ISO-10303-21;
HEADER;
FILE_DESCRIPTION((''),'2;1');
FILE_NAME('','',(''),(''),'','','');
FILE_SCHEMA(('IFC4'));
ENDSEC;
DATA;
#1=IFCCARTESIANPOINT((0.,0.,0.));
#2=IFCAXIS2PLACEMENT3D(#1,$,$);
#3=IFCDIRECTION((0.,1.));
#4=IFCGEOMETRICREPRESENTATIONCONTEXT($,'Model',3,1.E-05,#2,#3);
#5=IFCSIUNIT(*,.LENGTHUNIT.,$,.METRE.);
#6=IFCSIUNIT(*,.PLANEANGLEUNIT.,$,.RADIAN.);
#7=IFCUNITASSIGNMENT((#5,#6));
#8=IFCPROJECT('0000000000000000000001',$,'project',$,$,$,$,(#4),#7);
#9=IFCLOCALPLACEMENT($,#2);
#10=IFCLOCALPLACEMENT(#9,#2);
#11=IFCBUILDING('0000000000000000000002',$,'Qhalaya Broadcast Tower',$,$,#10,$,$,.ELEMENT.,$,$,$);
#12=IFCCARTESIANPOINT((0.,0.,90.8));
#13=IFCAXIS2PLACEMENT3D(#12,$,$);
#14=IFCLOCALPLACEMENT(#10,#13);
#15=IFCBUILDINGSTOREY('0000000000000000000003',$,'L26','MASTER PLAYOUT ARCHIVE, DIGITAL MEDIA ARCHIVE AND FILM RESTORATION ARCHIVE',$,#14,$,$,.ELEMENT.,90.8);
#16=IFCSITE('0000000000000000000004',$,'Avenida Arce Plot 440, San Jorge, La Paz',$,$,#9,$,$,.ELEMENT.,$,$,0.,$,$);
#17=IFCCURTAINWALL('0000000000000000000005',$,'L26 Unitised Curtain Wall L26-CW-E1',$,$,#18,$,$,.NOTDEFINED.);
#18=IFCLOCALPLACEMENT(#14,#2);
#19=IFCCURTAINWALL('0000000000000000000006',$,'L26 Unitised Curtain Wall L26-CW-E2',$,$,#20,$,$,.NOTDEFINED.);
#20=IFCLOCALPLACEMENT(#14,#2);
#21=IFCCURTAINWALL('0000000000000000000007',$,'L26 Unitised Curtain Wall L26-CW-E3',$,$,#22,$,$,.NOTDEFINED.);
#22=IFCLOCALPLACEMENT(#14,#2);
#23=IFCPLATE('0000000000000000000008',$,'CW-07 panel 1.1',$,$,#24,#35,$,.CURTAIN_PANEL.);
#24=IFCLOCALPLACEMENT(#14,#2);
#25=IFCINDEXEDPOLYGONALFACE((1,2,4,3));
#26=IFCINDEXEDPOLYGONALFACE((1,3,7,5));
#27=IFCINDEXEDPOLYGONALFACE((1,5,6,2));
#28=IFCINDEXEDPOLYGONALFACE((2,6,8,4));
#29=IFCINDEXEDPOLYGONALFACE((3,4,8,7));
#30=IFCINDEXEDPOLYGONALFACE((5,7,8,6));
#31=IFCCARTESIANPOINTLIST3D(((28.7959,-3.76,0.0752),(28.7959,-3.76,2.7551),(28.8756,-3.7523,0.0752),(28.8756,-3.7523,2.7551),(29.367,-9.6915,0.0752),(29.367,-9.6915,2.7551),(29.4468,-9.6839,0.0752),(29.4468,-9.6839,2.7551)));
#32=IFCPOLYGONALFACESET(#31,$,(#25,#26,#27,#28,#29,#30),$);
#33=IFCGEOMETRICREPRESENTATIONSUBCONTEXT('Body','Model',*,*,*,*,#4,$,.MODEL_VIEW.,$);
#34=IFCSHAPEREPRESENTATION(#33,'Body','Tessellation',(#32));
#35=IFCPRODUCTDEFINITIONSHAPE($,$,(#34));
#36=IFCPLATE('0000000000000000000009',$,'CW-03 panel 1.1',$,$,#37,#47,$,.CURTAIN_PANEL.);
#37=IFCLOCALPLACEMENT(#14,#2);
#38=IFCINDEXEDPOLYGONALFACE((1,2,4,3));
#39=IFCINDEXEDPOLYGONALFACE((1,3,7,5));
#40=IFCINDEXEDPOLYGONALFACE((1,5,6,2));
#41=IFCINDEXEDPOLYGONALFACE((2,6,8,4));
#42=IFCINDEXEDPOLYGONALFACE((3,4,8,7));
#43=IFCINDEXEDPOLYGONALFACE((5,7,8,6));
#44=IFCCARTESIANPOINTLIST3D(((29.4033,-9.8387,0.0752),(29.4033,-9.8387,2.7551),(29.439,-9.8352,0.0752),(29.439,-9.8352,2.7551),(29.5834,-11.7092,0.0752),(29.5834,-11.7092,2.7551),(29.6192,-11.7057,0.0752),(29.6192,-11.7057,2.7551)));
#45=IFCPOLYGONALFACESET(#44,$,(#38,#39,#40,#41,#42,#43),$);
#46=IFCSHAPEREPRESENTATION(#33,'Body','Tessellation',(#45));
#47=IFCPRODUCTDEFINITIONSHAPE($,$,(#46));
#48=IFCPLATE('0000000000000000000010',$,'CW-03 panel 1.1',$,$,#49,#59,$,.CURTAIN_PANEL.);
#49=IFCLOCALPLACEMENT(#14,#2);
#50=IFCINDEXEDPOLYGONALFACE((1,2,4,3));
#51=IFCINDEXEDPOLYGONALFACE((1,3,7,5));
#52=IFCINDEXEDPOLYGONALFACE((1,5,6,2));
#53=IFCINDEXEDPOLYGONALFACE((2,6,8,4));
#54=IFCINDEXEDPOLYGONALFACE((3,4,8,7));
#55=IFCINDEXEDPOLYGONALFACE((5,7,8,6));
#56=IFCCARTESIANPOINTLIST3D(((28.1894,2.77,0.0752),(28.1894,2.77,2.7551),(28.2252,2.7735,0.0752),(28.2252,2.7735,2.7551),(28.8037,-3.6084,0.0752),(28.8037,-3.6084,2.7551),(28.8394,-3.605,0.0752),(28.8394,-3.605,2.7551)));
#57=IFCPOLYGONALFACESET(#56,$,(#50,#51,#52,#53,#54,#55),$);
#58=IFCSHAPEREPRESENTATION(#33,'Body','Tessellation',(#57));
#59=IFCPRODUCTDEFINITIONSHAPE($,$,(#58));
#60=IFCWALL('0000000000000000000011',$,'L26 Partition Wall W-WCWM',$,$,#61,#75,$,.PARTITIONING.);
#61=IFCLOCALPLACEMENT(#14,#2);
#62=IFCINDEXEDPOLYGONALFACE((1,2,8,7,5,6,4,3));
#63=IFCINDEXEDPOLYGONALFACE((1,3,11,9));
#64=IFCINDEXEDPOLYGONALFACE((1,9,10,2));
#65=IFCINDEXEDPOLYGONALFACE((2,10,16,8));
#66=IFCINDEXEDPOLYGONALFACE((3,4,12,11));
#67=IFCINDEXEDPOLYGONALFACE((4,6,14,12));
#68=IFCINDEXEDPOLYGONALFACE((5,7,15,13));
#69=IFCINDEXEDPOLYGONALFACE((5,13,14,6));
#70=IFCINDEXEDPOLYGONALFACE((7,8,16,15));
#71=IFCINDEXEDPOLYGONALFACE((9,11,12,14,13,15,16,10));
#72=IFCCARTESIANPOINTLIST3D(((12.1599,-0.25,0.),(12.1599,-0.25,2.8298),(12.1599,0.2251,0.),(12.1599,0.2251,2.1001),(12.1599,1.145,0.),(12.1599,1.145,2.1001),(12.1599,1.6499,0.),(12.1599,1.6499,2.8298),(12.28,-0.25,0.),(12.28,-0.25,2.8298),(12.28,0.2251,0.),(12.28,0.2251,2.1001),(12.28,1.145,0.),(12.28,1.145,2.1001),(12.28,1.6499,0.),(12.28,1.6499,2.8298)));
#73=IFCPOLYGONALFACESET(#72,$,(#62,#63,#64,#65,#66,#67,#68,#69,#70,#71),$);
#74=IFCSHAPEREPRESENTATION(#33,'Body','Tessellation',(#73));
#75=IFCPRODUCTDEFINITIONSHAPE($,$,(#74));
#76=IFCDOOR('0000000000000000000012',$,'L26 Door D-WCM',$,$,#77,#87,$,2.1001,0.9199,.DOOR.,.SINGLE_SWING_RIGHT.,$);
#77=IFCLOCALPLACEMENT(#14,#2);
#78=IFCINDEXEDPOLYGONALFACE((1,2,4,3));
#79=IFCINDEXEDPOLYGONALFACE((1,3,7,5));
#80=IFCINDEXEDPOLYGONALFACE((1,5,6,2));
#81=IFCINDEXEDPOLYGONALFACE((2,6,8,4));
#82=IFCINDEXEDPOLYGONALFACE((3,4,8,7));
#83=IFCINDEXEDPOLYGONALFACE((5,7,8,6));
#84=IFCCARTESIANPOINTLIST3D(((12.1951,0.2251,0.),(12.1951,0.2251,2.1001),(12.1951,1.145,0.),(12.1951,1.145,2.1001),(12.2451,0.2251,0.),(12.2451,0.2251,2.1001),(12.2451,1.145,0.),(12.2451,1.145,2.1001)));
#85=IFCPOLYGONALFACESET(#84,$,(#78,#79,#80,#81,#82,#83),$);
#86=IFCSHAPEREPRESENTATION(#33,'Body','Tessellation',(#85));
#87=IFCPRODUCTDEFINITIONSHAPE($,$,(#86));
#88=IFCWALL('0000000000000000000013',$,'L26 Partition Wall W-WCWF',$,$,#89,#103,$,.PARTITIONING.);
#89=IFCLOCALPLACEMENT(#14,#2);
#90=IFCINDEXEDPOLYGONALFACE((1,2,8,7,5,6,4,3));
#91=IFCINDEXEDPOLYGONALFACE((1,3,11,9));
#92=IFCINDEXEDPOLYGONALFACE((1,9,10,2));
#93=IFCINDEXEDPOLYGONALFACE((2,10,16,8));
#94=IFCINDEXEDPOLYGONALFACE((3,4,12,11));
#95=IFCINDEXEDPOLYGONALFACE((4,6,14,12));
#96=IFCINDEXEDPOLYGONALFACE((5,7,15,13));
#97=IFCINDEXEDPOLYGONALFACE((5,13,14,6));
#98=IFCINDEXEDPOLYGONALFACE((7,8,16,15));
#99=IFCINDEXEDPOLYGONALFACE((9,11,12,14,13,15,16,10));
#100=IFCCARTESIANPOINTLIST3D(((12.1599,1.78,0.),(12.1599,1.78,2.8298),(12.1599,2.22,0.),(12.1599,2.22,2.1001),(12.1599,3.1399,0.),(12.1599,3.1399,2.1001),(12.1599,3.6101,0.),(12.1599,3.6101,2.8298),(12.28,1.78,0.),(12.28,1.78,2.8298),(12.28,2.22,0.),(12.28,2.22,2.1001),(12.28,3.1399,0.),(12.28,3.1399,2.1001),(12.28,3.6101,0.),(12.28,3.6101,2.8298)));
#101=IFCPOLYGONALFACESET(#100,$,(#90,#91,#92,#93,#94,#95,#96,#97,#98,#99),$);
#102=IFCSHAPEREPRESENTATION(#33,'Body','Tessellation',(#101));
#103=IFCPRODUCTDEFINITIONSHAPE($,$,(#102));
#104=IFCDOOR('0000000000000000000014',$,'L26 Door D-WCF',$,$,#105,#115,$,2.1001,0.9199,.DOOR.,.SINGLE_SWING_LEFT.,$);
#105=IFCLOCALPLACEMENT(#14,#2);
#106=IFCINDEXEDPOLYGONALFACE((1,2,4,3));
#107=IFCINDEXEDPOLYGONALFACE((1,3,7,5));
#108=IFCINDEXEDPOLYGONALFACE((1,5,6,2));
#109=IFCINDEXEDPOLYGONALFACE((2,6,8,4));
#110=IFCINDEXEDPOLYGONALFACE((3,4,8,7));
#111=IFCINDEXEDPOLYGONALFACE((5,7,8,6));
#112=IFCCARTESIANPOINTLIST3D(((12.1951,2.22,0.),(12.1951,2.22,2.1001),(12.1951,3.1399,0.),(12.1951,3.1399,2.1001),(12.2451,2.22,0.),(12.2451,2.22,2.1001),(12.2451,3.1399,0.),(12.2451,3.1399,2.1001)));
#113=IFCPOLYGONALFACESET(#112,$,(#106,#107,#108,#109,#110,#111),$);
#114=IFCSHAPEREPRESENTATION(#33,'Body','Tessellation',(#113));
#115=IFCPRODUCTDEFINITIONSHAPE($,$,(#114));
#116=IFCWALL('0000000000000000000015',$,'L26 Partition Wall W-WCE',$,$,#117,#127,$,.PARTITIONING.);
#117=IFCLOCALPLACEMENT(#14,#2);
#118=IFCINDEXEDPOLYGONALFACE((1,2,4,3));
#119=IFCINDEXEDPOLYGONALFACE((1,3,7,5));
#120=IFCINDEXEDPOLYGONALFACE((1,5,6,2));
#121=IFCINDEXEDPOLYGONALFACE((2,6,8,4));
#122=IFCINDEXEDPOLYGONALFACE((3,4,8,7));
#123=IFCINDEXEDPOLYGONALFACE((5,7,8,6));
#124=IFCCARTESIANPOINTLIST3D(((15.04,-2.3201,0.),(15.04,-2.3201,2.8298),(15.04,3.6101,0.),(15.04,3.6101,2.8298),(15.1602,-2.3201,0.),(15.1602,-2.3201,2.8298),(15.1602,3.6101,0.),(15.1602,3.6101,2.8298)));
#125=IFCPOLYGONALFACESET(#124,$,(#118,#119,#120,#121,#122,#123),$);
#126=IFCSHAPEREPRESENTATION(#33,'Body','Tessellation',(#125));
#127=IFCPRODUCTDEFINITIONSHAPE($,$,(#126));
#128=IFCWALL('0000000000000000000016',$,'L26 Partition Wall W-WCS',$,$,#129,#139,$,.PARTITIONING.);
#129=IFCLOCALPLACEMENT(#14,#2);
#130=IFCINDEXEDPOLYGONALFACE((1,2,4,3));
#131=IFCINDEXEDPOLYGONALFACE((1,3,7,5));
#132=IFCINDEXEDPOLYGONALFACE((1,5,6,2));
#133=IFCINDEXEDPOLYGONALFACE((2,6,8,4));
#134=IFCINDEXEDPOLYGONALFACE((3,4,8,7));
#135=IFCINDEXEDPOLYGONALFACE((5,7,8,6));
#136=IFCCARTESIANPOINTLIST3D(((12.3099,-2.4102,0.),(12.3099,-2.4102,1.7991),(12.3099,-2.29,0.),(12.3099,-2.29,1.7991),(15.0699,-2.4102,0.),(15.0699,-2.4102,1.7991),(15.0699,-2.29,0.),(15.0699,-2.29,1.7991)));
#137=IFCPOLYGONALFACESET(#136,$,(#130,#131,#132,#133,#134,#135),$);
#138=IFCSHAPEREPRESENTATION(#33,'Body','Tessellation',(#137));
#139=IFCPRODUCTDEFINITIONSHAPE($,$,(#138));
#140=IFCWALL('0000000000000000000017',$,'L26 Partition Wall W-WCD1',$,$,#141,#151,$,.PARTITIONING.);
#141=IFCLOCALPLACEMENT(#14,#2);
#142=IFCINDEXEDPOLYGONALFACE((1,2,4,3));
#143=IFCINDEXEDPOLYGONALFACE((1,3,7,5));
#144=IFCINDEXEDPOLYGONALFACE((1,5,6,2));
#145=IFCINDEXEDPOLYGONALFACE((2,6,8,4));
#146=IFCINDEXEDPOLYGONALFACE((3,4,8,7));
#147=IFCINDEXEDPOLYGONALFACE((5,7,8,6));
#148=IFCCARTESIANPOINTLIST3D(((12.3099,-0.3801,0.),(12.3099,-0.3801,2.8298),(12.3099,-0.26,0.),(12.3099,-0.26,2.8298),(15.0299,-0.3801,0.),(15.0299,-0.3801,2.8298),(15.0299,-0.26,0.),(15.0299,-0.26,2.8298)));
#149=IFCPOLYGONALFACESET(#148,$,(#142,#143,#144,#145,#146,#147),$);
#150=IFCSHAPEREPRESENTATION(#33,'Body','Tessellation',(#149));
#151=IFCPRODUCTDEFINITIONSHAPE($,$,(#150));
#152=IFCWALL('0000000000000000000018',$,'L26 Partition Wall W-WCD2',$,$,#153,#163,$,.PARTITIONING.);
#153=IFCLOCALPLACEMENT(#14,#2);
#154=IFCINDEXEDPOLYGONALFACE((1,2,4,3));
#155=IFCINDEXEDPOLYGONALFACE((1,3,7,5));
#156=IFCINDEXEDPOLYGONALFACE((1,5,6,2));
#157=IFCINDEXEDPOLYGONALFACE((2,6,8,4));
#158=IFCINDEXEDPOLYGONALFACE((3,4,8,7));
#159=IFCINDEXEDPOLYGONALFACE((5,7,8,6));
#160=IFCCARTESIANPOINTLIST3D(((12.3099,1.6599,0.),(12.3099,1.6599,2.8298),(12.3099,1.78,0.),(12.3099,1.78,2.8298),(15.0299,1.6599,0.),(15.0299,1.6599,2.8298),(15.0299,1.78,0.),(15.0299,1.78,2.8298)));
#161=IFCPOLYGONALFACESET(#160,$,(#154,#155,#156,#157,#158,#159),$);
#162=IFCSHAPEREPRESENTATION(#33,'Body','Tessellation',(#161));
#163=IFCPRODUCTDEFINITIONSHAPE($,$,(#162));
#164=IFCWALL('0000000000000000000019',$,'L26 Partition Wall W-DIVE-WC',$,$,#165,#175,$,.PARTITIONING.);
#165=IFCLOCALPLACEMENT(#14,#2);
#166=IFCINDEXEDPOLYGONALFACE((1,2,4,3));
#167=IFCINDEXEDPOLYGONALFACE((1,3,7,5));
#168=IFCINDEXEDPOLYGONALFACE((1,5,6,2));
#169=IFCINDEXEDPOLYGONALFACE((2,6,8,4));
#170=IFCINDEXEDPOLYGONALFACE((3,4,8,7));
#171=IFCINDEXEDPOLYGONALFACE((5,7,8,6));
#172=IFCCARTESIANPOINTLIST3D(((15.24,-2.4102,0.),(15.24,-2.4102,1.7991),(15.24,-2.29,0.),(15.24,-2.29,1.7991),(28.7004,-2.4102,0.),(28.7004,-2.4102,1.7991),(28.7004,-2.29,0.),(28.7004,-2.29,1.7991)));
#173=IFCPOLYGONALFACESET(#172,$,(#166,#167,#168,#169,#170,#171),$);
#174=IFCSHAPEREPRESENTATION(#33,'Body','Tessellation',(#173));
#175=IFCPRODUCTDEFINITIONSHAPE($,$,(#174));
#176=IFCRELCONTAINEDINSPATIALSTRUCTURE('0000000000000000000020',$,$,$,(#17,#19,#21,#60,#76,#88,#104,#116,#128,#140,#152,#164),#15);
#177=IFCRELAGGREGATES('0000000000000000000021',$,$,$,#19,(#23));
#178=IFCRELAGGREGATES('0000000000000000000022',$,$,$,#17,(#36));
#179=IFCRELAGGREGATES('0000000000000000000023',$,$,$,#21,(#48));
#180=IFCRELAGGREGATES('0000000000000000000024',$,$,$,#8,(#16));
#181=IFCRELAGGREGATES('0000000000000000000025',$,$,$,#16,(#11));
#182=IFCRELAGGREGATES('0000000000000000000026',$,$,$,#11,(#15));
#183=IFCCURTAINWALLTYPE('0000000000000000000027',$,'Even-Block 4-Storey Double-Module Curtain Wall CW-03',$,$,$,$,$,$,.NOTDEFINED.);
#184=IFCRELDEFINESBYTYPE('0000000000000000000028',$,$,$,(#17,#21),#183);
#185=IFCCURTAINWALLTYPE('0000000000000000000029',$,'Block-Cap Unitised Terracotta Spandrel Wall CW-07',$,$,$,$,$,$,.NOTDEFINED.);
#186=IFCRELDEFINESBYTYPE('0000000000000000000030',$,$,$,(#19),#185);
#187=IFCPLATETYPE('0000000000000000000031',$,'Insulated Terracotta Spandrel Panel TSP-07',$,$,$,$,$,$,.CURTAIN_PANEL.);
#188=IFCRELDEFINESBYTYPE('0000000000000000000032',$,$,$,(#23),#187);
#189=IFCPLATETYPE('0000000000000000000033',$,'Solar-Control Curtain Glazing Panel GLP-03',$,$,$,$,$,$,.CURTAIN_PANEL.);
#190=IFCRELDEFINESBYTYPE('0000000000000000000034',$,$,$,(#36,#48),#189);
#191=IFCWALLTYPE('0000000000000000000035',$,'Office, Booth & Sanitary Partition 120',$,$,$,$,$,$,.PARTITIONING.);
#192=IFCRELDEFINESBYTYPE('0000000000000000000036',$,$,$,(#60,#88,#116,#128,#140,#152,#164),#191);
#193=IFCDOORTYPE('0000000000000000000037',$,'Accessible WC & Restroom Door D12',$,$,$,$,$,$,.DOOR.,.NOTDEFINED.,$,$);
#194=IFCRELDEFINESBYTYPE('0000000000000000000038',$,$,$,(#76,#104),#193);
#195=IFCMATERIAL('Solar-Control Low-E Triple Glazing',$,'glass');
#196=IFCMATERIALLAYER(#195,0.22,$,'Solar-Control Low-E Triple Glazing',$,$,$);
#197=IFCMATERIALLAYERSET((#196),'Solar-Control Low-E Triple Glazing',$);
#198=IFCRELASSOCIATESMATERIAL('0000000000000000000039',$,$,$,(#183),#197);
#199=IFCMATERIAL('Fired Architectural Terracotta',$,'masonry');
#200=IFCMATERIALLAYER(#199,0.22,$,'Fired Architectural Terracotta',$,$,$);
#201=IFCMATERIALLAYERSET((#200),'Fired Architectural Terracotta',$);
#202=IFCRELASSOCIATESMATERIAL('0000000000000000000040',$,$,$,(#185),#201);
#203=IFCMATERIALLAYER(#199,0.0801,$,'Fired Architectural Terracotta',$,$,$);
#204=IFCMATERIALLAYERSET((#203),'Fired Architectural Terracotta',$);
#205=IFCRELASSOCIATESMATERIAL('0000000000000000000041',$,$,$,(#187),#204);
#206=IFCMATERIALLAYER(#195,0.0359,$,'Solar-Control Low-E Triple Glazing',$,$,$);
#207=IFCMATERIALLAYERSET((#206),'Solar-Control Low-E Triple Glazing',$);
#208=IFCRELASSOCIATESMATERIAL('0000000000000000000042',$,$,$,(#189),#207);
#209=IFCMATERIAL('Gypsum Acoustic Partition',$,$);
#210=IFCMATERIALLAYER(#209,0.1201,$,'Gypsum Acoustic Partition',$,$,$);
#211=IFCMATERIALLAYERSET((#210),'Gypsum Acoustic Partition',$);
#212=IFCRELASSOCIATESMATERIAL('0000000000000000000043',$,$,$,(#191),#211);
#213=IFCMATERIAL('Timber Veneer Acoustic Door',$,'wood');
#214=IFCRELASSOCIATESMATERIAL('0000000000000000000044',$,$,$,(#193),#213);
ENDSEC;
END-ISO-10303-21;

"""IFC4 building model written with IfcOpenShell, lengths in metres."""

from ifc_helpers import new_model, si_unit, direction, frame, frame_2d, origin, origin_2d, place, context, subcontext, project, spatial, rectangle, extrude, material, layer, layer_set, type_object, element, fill, aggregate, save


model = new_model("IFC4")

# Units and contexts
model_context = context("Model", 3, precision=1e-05, world=origin(), true_north=direction((0.0, 1.0)))
body_context = subcontext(model_context, "Body", "Model", "MODEL_VIEW")
ifc_project = project(units=[si_unit("LENGTHUNIT", "METRE"), si_unit("PLANEANGLEUNIT", "RADIAN")], contexts=[model_context])

# Site, building, storey
site_placement = place(None, origin())
site = spatial("IfcSite", under=ifc_project, at=site_placement, Name="Avenida Arce Plot 440, San Jorge, La Paz", CompositionType="ELEMENT", RefElevation=0.0)
building_placement = place(site_placement, origin())
building = spatial("IfcBuilding", under=site, at=building_placement, Name="Qhalaya Broadcast Tower", CompositionType="ELEMENT")
storey_placement = place(building_placement, frame((0.0, 0.0, 90.8)))
storey = spatial("IfcBuildingStorey", under=building, at=storey_placement, Name="L26", Description="MASTER PLAYOUT ARCHIVE, DIGITAL MEDIA ARCHIVE AND FILM RESTORATION ARCHIVE", CompositionType="ELEMENT", Elevation=90.8)

# Curtain wall
ifc_material_1 = material(Name="Solar-Control Low-E Triple Glazing", Category="glass")
ifc_layer_1 = layer(ifc_material_1, 0.22, Name="Solar-Control Low-E Triple Glazing")
ifc_layer_set_1 = layer_set([ifc_layer_1], Name="Solar-Control Low-E Triple Glazing")
curtain_wall_type_1 = type_object("IfcCurtainWallType", Name="Even-Block 4-Storey Double-Module Curtain Wall CW-03", PredefinedType="NOTDEFINED", material=ifc_layer_set_1)
curtain_wall_1_placement = place(storey_placement, origin())
curtain_wall_1 = element("IfcCurtainWall", 1, at=curtain_wall_1_placement, inside=storey, type_object=curtain_wall_type_1, Name="L26 Unitised Curtain Wall L26-CW-E1", PredefinedType="NOTDEFINED")

# Curtain wall
ifc_material_2 = material(Name="Fired Architectural Terracotta", Category="masonry")
ifc_layer_2 = layer(ifc_material_2, 0.22, Name="Fired Architectural Terracotta")
ifc_layer_set_2 = layer_set([ifc_layer_2], Name="Fired Architectural Terracotta")
curtain_wall_type_2 = type_object("IfcCurtainWallType", Name="Block-Cap Unitised Terracotta Spandrel Wall CW-07", PredefinedType="NOTDEFINED", material=ifc_layer_set_2)
curtain_wall_2_placement = place(storey_placement, origin())
curtain_wall_2 = element("IfcCurtainWall", 2, at=curtain_wall_2_placement, inside=storey, type_object=curtain_wall_type_2, Name="L26 Unitised Curtain Wall L26-CW-E2", PredefinedType="NOTDEFINED")

# Curtain wall
curtain_wall_3_placement = place(storey_placement, origin())
curtain_wall_3 = element("IfcCurtainWall", 3, at=curtain_wall_3_placement, inside=storey, type_object=curtain_wall_type_1, Name="L26 Unitised Curtain Wall L26-CW-E3", PredefinedType="NOTDEFINED")

# Plates
ifc_layer_3 = layer(ifc_material_2, 0.0801, Name="Fired Architectural Terracotta")
ifc_layer_set_3 = layer_set([ifc_layer_3], Name="Fired Architectural Terracotta")
plate_type_1 = type_object("IfcPlateType", Name="Insulated Terracotta Spandrel Panel TSP-07", PredefinedType="CURTAIN_PANEL", material=ifc_layer_set_3)
plate_1_placement = place(storey_placement, frame((29.1213, -6.7219, 0.0752), z_axis=(0.0, 0.0, 1.0), x_axis=(-0.095843, 0.995396, 0.0)))
plate_1 = element("IfcPlate", 4, at=plate_1_placement, type_object=plate_type_1, Name="CW-07 panel 1.1", PredefinedType="CURTAIN_PANEL", context=body_context, shape_type="SweptSolid", body=[
    extrude(rectangle(XDim=5.959, YDim=0.0801, at=origin_2d()), origin(), (0.0, 0.0, 1.0), 2.6799),
])
aggregate(curtain_wall_2, [plate_1])
ifc_layer_4 = layer(ifc_material_1, 0.0359, Name="Solar-Control Low-E Triple Glazing")
ifc_layer_set_4 = layer_set([ifc_layer_4], Name="Solar-Control Low-E Triple Glazing")
plate_type_2 = type_object("IfcPlateType", Name="Solar-Control Curtain Glazing Panel GLP-03", PredefinedType="CURTAIN_PANEL", material=ifc_layer_set_4)
plate_2_placement = place(storey_placement, frame((29.5112, -10.7722, 0.0752), z_axis=(0.0, 0.0, 1.0), x_axis=(-0.095858, 0.995395, 0.0)))
plate_2 = element("IfcPlate", 5, at=plate_2_placement, type_object=plate_type_2, Name="CW-03 panel 1.1", PredefinedType="CURTAIN_PANEL", context=body_context, shape_type="SweptSolid", body=[
    extrude(rectangle(XDim=1.8792, YDim=0.0359, at=origin_2d()), origin(), (0.0, 0.0, 1.0), 2.6799),
])
aggregate(curtain_wall_1, [plate_2])
plate_3_placement = place(storey_placement, frame((28.5144, -0.4175, 0.0752), z_axis=(0.0, 0.0, 1.0), x_axis=(-0.095852, 0.995396, 0.0)))
plate_3 = element("IfcPlate", 6, at=plate_3_placement, type_object=plate_type_2, Name="CW-03 panel 1.1", PredefinedType="CURTAIN_PANEL", context=body_context, shape_type="SweptSolid", body=[
    extrude(rectangle(XDim=6.408, YDim=0.0359, at=origin_2d()), origin(), (0.0, 0.0, 1.0), 2.6799),
])
aggregate(curtain_wall_3, [plate_3])

# Walls, openings, doors
ifc_material_3 = material(Name="Gypsum Acoustic Partition")
ifc_layer_5 = layer(ifc_material_3, 0.1201, Name="Gypsum Acoustic Partition")
ifc_layer_set_5 = layer_set([ifc_layer_5], Name="Gypsum Acoustic Partition")
wall_type = type_object("IfcWallType", Name="Office, Booth & Sanitary Partition 120", PredefinedType="PARTITIONING", material=ifc_layer_set_5)
wall_1_placement = place(storey_placement, frame((12.22, -0.25, 0.0), z_axis=(0.0, 0.0, 1.0), x_axis=(0.0, 1.0, 0.0)))
wall_1 = element("IfcWall", 7, at=wall_1_placement, inside=storey, type_object=wall_type, Name="L26 Partition Wall W-WCWM", PredefinedType="PARTITIONING", context=body_context, shape_type="SweptSolid", body=[
    extrude(rectangle(XDim=1.8999, YDim=0.1201, at=frame_2d((0.95, 0.0))), origin(), (0.0, 0.0, 1.0), 2.8298),
])
opening_1_placement = place(wall_1_placement, frame((0.4751, 0.0, 0.0)))
opening_1 = element("IfcOpeningElement", 8, at=opening_1_placement, cuts=wall_1, PredefinedType="OPENING", context=body_context, shape_type="SweptSolid", body=[
    extrude(rectangle(XDim=0.9199, YDim=2.1001, at=frame_2d((0.46, 1.05))), frame((0.0, 0.072, 0.0), z_axis=(0.0, -1.0, 0.0), x_axis=(1.0, 0.0, 0.0)), (0.0, 0.0, 1.0), 0.144),
])
ifc_material_4 = material(Name="Timber Veneer Acoustic Door", Category="wood")
door_type = type_object("IfcDoorType", Name="Accessible WC & Restroom Door D12", OperationType="NOTDEFINED", PredefinedType="DOOR", material=ifc_material_4)
door_1_placement = place(opening_1_placement, origin())
door_1 = element("IfcDoor", 9, at=door_1_placement, inside=storey, type_object=door_type, Name="L26 Door D-WCM", OperationType="SINGLE_SWING_RIGHT", OverallHeight=2.1001, OverallWidth=0.9199, PredefinedType="DOOR", context=body_context, shape_type="SweptSolid", body=[
    extrude(rectangle(XDim=0.9199, YDim=2.1001, at=frame_2d((0.46, 1.05))), frame((0.0, 0.0249, 0.0), z_axis=(0.0, -1.0, 0.0), x_axis=(1.0, 0.0, 0.0)), (0.0, 0.0, 1.0), 0.05),
])
fill(opening_1, door_1)
wall_2_placement = place(storey_placement, frame((12.22, 1.78, 0.0), z_axis=(0.0, 0.0, 1.0), x_axis=(0.0, 1.0, 0.0)))
wall_2 = element("IfcWall", 10, at=wall_2_placement, inside=storey, type_object=wall_type, Name="L26 Partition Wall W-WCWF", PredefinedType="PARTITIONING", context=body_context, shape_type="SweptSolid", body=[
    extrude(rectangle(XDim=1.8301, YDim=0.1201, at=frame_2d((0.915, 0.0))), origin(), (0.0, 0.0, 1.0), 2.8298),
])
opening_2_placement = place(wall_2_placement, frame((0.4399, 0.0, 0.0)))
opening_2 = element("IfcOpeningElement", 11, at=opening_2_placement, cuts=wall_2, PredefinedType="OPENING", context=body_context, shape_type="SweptSolid", body=[
    extrude(rectangle(XDim=0.9199, YDim=2.1001, at=frame_2d((0.46, 1.05))), frame((0.0, 0.072, 0.0), z_axis=(0.0, -1.0, 0.0), x_axis=(1.0, 0.0, 0.0)), (0.0, 0.0, 1.0), 0.144),
])
door_2_placement = place(opening_2_placement, origin())
door_2 = element("IfcDoor", 12, at=door_2_placement, inside=storey, type_object=door_type, Name="L26 Door D-WCF", OperationType="SINGLE_SWING_LEFT", OverallHeight=2.1001, OverallWidth=0.9199, PredefinedType="DOOR", context=body_context, shape_type="SweptSolid", body=[
    extrude(rectangle(XDim=0.9199, YDim=2.1001, at=frame_2d((0.46, 1.05))), frame((0.0, 0.0249, 0.0), z_axis=(0.0, -1.0, 0.0), x_axis=(1.0, 0.0, 0.0)), (0.0, 0.0, 1.0), 0.05),
])
fill(opening_2, door_2)

# Walls
wall_3_placement = place(storey_placement, frame((15.1001, -2.3201, 0.0), z_axis=(0.0, 0.0, 1.0), x_axis=(0.0, 1.0, 0.0)))
element("IfcWall", 13, at=wall_3_placement, inside=storey, type_object=wall_type, Name="L26 Partition Wall W-WCE", PredefinedType="PARTITIONING", context=body_context, shape_type="SweptSolid", body=[
    extrude(rectangle(XDim=5.9302, YDim=0.1201, at=frame_2d((2.9651, 0.0))), origin(), (0.0, 0.0, 1.0), 2.8298),
])
wall_4_placement = place(storey_placement, frame((12.3101, -2.3501, 0.0), z_axis=(0.0, 0.0, 1.0), x_axis=(1.0, 0.0, 0.0)))
element("IfcWall", 14, at=wall_4_placement, inside=storey, type_object=wall_type, Name="L26 Partition Wall W-WCS", PredefinedType="PARTITIONING", context=body_context, shape_type="SweptSolid", body=[
    extrude(rectangle(XDim=2.76, YDim=0.1201, at=frame_2d((1.3799, 0.0))), origin(), (0.0, 0.0, 1.0), 1.7991),
])
for number, where, z_axis, x_axis, name in (
    (15, (12.3101, -0.3201, 0.0), (0.0, 0.0, 1.0), (1.0, 0.0, 0.0), "L26 Partition Wall W-WCD1"),
    (16, (12.3101, 1.72, 0.0), (0.0, 0.0, 1.0), (1.0, 0.0, 0.0), "L26 Partition Wall W-WCD2"),
):
    element("IfcWall", number, at=place(storey_placement, frame(where, z_axis=z_axis, x_axis=x_axis)), inside=storey, type_object=wall_type, Name=name, PredefinedType="PARTITIONING", context=body_context, shape_type="SweptSolid", body=[
        extrude(rectangle(XDim=2.72, YDim=0.1201, at=frame_2d((1.3599, 0.0))), origin(), (0.0, 0.0, 1.0), 2.8298),
    ])
wall_5_placement = place(storey_placement, frame((15.24, -2.3501, 0.0), z_axis=(0.0, 0.0, 1.0), x_axis=(1.0, 0.0, 0.0)))
element("IfcWall", 17, at=wall_5_placement, inside=storey, type_object=wall_type, Name="L26 Partition Wall W-DIVE-WC", PredefinedType="PARTITIONING", context=body_context, shape_type="SweptSolid", body=[
    extrude(rectangle(XDim=13.4604, YDim=0.1201, at=frame_2d((6.7302, 0.0))), origin(), (0.0, 0.0, 1.0), 1.7991),
])

save(model, "model.ifc")
